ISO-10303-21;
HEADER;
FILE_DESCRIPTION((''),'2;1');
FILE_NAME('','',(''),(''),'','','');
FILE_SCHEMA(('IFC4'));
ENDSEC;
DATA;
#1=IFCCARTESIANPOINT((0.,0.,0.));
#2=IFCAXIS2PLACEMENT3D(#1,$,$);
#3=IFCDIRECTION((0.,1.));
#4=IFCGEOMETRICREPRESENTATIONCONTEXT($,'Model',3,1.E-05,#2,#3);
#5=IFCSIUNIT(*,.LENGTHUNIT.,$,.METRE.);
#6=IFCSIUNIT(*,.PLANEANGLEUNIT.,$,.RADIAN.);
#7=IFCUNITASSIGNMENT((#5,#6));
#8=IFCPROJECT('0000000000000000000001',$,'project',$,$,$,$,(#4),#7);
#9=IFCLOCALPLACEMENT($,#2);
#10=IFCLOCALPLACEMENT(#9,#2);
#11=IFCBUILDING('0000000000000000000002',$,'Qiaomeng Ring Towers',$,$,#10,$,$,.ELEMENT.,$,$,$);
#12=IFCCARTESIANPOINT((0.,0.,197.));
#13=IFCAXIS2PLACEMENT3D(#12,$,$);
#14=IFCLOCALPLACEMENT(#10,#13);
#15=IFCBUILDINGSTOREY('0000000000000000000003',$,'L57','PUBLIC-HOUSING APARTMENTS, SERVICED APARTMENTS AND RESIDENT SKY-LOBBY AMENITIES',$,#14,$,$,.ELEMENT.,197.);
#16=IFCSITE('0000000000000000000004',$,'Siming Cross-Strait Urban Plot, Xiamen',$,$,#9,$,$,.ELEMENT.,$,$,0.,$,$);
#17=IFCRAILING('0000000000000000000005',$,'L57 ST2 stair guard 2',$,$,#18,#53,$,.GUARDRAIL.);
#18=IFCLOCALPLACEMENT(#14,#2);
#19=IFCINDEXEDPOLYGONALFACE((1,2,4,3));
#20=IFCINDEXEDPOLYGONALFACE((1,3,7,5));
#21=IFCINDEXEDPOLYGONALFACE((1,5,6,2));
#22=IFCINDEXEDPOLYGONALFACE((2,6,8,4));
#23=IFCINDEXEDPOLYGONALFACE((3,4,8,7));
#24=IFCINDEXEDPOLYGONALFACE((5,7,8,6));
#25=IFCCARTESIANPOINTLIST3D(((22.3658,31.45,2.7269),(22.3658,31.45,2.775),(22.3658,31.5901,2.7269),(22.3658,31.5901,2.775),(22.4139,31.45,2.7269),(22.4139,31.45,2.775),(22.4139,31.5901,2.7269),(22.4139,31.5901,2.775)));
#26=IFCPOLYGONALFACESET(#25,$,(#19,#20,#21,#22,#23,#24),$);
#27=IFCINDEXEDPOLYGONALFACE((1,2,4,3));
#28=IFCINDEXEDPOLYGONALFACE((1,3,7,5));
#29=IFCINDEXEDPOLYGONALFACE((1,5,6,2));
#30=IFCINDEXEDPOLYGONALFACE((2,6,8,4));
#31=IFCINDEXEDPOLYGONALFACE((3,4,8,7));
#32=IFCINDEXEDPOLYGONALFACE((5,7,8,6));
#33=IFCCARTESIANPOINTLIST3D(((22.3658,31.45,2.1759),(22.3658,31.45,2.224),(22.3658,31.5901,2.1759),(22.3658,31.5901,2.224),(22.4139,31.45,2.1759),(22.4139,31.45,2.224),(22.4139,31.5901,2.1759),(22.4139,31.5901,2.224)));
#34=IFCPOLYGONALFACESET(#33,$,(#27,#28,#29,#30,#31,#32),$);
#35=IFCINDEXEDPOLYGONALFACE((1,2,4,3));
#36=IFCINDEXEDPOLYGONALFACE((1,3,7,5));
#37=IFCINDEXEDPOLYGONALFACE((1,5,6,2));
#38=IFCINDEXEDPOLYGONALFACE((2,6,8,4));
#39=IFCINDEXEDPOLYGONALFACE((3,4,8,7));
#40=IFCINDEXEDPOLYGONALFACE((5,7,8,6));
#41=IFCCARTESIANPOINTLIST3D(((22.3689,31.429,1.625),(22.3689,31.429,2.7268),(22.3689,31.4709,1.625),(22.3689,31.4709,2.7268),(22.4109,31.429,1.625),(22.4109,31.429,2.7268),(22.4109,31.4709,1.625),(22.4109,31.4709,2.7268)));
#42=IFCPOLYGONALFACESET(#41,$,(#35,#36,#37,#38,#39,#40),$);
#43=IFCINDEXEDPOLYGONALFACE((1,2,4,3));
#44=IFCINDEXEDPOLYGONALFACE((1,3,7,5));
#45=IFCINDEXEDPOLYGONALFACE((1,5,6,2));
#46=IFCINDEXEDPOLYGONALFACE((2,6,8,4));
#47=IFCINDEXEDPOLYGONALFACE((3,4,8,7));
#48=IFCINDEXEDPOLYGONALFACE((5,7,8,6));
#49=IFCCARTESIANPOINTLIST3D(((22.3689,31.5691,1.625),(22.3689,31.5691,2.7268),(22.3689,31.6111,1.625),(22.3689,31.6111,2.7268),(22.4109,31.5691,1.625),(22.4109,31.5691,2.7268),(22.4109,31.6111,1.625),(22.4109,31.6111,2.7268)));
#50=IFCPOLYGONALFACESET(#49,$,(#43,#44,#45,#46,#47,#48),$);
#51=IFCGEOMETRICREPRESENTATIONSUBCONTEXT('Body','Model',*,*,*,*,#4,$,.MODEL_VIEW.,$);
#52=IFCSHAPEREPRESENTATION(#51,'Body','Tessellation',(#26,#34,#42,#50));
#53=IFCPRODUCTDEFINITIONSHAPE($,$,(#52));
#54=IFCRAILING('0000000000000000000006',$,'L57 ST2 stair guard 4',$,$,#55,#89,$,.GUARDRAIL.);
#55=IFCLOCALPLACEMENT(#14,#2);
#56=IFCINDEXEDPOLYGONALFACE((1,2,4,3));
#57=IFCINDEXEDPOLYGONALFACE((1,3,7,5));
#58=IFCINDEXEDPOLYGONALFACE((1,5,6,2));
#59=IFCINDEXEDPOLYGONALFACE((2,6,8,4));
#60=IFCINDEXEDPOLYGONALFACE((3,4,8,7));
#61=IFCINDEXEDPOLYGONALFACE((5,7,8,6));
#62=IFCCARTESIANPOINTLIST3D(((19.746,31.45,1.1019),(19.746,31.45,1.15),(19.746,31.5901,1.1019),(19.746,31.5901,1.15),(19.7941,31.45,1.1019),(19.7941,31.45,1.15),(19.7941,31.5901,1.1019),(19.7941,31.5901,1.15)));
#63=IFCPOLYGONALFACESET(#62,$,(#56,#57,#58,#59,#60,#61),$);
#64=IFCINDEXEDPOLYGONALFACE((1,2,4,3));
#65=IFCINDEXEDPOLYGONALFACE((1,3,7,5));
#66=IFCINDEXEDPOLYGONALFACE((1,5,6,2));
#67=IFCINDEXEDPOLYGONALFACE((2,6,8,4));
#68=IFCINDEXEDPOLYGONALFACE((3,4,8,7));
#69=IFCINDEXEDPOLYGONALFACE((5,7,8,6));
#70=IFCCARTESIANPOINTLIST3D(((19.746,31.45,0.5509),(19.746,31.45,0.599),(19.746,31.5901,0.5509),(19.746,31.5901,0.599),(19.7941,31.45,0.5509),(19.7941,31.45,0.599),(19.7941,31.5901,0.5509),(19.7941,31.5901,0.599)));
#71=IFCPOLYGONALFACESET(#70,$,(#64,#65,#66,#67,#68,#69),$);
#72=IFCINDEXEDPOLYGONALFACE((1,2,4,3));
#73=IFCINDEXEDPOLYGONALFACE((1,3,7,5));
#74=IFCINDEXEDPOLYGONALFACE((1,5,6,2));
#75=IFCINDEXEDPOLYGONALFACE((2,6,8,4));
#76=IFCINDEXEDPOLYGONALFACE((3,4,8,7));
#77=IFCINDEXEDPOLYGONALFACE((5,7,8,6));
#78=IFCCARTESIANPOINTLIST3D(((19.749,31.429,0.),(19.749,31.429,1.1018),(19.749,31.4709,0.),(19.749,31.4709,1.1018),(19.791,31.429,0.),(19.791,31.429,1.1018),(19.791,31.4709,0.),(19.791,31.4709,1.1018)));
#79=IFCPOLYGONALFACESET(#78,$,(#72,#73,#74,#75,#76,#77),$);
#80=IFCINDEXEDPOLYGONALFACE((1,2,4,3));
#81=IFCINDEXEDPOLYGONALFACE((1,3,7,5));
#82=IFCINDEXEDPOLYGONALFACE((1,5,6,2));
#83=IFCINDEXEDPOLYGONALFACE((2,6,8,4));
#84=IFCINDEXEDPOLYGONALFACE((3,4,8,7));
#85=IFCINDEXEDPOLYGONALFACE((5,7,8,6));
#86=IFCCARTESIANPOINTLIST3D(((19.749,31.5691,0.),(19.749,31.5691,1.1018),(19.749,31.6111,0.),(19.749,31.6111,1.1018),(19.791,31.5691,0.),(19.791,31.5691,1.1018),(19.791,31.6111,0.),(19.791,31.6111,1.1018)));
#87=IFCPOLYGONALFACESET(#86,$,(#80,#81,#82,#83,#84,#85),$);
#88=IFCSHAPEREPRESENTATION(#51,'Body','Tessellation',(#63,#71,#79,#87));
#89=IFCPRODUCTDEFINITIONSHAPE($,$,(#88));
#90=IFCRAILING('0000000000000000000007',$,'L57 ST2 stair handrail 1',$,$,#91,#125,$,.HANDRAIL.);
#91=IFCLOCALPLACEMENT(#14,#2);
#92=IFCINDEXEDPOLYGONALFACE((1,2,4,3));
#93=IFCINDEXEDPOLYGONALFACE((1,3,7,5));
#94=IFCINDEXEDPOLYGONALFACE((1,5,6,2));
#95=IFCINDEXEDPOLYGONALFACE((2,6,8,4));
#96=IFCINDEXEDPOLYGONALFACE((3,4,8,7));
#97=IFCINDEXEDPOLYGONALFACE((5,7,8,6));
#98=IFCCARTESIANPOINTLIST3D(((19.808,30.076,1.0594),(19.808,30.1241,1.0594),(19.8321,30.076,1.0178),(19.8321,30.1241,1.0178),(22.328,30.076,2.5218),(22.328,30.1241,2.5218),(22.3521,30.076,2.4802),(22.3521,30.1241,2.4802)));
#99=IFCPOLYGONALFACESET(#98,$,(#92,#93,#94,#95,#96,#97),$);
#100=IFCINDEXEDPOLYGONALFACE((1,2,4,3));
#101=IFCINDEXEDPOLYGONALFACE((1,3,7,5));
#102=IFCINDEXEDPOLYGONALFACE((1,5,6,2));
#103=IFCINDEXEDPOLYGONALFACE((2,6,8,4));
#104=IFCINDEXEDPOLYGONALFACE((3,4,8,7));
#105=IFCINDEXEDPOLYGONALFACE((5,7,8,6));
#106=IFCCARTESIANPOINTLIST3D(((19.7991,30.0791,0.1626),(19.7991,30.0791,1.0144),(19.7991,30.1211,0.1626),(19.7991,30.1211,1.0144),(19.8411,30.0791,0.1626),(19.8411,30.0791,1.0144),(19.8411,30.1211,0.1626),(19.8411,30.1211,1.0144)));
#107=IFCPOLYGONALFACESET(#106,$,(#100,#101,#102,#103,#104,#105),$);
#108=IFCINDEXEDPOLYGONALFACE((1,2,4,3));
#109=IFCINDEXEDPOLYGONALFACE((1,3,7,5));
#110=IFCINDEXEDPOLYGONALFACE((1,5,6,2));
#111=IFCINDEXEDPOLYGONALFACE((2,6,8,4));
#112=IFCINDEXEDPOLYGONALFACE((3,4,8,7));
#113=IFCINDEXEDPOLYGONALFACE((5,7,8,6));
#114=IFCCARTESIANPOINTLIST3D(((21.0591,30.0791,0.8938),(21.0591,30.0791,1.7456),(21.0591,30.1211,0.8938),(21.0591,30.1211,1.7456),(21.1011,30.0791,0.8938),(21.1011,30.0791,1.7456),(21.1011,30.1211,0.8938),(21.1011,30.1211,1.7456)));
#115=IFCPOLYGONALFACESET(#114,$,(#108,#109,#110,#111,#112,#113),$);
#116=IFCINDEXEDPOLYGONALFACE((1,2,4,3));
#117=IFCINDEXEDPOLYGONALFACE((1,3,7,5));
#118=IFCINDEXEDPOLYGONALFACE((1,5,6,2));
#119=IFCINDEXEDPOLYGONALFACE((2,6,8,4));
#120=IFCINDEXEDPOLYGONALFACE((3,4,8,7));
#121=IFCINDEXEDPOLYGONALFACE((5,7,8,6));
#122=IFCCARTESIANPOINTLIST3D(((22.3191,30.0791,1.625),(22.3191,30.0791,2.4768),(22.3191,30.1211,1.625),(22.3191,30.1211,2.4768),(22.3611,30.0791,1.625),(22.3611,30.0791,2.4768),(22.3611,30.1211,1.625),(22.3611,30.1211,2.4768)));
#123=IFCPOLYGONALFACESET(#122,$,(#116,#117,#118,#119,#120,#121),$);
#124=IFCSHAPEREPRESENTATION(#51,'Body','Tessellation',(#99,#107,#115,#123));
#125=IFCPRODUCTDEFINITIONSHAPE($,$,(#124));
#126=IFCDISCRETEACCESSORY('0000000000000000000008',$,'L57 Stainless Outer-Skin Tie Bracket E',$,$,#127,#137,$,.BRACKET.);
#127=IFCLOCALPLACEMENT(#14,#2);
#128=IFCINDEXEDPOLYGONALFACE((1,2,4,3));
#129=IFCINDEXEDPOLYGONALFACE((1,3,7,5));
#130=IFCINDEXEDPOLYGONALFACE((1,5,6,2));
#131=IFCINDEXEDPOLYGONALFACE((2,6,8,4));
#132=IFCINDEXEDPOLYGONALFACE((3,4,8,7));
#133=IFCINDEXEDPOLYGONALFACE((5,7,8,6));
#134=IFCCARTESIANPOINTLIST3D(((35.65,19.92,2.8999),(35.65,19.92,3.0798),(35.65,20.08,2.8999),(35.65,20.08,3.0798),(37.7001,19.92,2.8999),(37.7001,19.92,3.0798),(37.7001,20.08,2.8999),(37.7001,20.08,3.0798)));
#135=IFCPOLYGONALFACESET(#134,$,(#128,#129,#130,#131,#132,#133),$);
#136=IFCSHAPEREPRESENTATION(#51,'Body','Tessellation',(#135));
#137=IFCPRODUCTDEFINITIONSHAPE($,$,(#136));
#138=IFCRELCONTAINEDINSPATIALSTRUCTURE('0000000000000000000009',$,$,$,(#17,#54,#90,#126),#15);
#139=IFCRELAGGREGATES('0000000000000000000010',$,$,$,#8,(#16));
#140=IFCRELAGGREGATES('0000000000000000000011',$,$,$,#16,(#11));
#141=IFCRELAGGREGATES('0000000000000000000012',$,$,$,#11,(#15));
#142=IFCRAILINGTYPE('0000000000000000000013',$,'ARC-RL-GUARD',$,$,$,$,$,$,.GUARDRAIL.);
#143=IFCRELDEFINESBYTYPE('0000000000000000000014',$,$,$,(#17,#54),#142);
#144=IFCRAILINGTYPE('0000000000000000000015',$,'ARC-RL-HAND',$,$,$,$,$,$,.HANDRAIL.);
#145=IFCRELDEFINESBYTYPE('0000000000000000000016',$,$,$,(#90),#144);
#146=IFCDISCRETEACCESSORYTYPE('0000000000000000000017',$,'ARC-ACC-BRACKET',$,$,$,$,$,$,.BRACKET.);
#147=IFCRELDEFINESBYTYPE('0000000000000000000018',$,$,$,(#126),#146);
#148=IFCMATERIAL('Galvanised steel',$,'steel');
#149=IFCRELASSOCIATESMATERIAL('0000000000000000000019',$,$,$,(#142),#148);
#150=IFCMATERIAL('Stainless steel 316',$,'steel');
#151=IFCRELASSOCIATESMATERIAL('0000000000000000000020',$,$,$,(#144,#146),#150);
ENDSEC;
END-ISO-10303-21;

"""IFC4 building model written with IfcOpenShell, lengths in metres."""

from ifc_helpers import new_model, si_unit, direction, frame, origin, origin_2d, place, context, subcontext, project, spatial, rectangle, extrude, source, transform, mapped, material, type_object, element, save


model = new_model("IFC4")

# Units and contexts
model_context = context("Model", 3, precision=1e-05, world=origin(), true_north=direction((0.0, 1.0)))
body_context = subcontext(model_context, "Body", "Model", "MODEL_VIEW")
ifc_project = project(units=[si_unit("LENGTHUNIT", "METRE"), si_unit("PLANEANGLEUNIT", "RADIAN")], contexts=[model_context])

# Site, building, storey
site_placement = place(None, origin())
site = spatial("IfcSite", under=ifc_project, at=site_placement, Name="Siming Cross-Strait Urban Plot, Xiamen", CompositionType="ELEMENT", RefElevation=0.0)
building_placement = place(site_placement, origin())
building = spatial("IfcBuilding", under=site, at=building_placement, Name="Qiaomeng Ring Towers", CompositionType="ELEMENT")
storey_placement = place(building_placement, frame((0.0, 0.0, 197.0)))
storey = spatial("IfcBuildingStorey", under=building, at=storey_placement, Name="L57", Description="PUBLIC-HOUSING APARTMENTS, SERVICED APARTMENTS AND RESIDENT SKY-LOBBY AMENITIES", CompositionType="ELEMENT", Elevation=197.0)

# Shared definitions
ifc_material_1 = material(Name="Stainless steel 316", Category="steel")

# Shared definitions
ifc_material_2 = material(Name="Galvanised steel", Category="steel")

# Railings
railing_type_1 = type_object("IfcRailingType", Name="ARC-RL-GUARD", PredefinedType="GUARDRAIL", material=ifc_material_2)
for number, where, name in (
    (1, (22.3899, 31.45, 1.625), "L57 ST2 stair guard 2"),
    (2, (19.77, 31.45, 0.0), "L57 ST2 stair guard 4"),
):
    element("IfcRailing", number, at=place(storey_placement, frame(where)), inside=storey, type_object=railing_type_1, Name=name, PredefinedType="GUARDRAIL", context=body_context, shape_type="SweptSolid", body=[
        extrude(rectangle(XDim=0.0481, YDim=0.0481, at=origin_2d()), frame((0.0, 0.0, 1.126), z_axis=(0.0, 1.0, 0.0), x_axis=(-1.0, 0.0, 0.0)), (0.0, 0.0, 1.0), 0.1401),
        extrude(rectangle(XDim=0.0481, YDim=0.0481, at=origin_2d()), frame((0.0, 0.0, 0.575), z_axis=(0.0, 1.0, 0.0), x_axis=(-1.0, 0.0, 0.0)), (0.0, 0.0, 1.0), 0.1401),
        extrude(rectangle(XDim=0.042, YDim=0.042, at=origin_2d()), origin(), (0.0, 0.0, 1.0), 1.1018),
        extrude(rectangle(XDim=0.042, YDim=0.042, at=origin_2d()), frame((0.0, 0.1401, 0.0)), (0.0, 0.0, 1.0), 1.1018),
    ])
railing_type_2 = type_object("IfcRailingType", Name="ARC-RL-HAND", PredefinedType="HANDRAIL", material=ifc_material_1)
railing_1_placement = place(storey_placement, frame((19.8201, 30.1001, 0.1626)))
element("IfcRailing", 3, at=railing_1_placement, inside=storey, type_object=railing_type_2, Name="L57 ST2 stair handrail 1", PredefinedType="HANDRAIL", context=body_context, shape_type="SweptSolid", body=[
    extrude(rectangle(XDim=0.0481, YDim=0.0481, at=origin_2d()), frame((0.0, 0.0, 0.876), z_axis=(0.864913, 0.0, 0.501921), x_axis=(0.0, 1.0, 0.0)), (0.0, 0.0, 1.0), 2.9136),
    extrude(rectangle(XDim=0.042, YDim=0.042, at=origin_2d()), origin(), (0.0, 0.0, 1.0), 0.8518),
    extrude(rectangle(XDim=0.042, YDim=0.042, at=origin_2d()), frame((1.26, 0.0, 0.7312)), (0.0, 0.0, 1.0), 0.8518),
    extrude(rectangle(XDim=0.042, YDim=0.042, at=origin_2d()), frame((2.52, 0.0, 1.4624)), (0.0, 0.0, 1.0), 0.8518),
])

# Discrete accessory
discrete_accessory_type = type_object("IfcDiscreteAccessoryType", Name="ARC-ACC-BRACKET", PredefinedType="BRACKET", material=ifc_material_1)
shared_shape_1 = source(origin(), body_context, "Body", "SweptSolid", [
    extrude(rectangle(XDim=2.05, YDim=0.1599, at=origin_2d()), origin(), (0.0, 0.0, 1.0), 0.1799),
])
discrete_accessory_placement = place(storey_placement, frame((36.675, 20.0, 2.8999), z_axis=(0.0, 0.0, 1.0), x_axis=(1.0, 0.0, 0.0)))
element("IfcDiscreteAccessory", 4, at=discrete_accessory_placement, inside=storey, type_object=discrete_accessory_type, Name="L57 Stainless Outer-Skin Tie Bracket E", PredefinedType="BRACKET", context=body_context, shape_type="MappedRepresentation", body=[
    mapped(shared_shape_1, transform((0.0, 0.0, 0.0), x_axis=(1.0, 0.0, 0.0), y_axis=(0.0, 1.0, 0.0), z_axis=(0.0, 0.0, 1.0), scale=1.0)),
])

save(model, "model.ifc")
